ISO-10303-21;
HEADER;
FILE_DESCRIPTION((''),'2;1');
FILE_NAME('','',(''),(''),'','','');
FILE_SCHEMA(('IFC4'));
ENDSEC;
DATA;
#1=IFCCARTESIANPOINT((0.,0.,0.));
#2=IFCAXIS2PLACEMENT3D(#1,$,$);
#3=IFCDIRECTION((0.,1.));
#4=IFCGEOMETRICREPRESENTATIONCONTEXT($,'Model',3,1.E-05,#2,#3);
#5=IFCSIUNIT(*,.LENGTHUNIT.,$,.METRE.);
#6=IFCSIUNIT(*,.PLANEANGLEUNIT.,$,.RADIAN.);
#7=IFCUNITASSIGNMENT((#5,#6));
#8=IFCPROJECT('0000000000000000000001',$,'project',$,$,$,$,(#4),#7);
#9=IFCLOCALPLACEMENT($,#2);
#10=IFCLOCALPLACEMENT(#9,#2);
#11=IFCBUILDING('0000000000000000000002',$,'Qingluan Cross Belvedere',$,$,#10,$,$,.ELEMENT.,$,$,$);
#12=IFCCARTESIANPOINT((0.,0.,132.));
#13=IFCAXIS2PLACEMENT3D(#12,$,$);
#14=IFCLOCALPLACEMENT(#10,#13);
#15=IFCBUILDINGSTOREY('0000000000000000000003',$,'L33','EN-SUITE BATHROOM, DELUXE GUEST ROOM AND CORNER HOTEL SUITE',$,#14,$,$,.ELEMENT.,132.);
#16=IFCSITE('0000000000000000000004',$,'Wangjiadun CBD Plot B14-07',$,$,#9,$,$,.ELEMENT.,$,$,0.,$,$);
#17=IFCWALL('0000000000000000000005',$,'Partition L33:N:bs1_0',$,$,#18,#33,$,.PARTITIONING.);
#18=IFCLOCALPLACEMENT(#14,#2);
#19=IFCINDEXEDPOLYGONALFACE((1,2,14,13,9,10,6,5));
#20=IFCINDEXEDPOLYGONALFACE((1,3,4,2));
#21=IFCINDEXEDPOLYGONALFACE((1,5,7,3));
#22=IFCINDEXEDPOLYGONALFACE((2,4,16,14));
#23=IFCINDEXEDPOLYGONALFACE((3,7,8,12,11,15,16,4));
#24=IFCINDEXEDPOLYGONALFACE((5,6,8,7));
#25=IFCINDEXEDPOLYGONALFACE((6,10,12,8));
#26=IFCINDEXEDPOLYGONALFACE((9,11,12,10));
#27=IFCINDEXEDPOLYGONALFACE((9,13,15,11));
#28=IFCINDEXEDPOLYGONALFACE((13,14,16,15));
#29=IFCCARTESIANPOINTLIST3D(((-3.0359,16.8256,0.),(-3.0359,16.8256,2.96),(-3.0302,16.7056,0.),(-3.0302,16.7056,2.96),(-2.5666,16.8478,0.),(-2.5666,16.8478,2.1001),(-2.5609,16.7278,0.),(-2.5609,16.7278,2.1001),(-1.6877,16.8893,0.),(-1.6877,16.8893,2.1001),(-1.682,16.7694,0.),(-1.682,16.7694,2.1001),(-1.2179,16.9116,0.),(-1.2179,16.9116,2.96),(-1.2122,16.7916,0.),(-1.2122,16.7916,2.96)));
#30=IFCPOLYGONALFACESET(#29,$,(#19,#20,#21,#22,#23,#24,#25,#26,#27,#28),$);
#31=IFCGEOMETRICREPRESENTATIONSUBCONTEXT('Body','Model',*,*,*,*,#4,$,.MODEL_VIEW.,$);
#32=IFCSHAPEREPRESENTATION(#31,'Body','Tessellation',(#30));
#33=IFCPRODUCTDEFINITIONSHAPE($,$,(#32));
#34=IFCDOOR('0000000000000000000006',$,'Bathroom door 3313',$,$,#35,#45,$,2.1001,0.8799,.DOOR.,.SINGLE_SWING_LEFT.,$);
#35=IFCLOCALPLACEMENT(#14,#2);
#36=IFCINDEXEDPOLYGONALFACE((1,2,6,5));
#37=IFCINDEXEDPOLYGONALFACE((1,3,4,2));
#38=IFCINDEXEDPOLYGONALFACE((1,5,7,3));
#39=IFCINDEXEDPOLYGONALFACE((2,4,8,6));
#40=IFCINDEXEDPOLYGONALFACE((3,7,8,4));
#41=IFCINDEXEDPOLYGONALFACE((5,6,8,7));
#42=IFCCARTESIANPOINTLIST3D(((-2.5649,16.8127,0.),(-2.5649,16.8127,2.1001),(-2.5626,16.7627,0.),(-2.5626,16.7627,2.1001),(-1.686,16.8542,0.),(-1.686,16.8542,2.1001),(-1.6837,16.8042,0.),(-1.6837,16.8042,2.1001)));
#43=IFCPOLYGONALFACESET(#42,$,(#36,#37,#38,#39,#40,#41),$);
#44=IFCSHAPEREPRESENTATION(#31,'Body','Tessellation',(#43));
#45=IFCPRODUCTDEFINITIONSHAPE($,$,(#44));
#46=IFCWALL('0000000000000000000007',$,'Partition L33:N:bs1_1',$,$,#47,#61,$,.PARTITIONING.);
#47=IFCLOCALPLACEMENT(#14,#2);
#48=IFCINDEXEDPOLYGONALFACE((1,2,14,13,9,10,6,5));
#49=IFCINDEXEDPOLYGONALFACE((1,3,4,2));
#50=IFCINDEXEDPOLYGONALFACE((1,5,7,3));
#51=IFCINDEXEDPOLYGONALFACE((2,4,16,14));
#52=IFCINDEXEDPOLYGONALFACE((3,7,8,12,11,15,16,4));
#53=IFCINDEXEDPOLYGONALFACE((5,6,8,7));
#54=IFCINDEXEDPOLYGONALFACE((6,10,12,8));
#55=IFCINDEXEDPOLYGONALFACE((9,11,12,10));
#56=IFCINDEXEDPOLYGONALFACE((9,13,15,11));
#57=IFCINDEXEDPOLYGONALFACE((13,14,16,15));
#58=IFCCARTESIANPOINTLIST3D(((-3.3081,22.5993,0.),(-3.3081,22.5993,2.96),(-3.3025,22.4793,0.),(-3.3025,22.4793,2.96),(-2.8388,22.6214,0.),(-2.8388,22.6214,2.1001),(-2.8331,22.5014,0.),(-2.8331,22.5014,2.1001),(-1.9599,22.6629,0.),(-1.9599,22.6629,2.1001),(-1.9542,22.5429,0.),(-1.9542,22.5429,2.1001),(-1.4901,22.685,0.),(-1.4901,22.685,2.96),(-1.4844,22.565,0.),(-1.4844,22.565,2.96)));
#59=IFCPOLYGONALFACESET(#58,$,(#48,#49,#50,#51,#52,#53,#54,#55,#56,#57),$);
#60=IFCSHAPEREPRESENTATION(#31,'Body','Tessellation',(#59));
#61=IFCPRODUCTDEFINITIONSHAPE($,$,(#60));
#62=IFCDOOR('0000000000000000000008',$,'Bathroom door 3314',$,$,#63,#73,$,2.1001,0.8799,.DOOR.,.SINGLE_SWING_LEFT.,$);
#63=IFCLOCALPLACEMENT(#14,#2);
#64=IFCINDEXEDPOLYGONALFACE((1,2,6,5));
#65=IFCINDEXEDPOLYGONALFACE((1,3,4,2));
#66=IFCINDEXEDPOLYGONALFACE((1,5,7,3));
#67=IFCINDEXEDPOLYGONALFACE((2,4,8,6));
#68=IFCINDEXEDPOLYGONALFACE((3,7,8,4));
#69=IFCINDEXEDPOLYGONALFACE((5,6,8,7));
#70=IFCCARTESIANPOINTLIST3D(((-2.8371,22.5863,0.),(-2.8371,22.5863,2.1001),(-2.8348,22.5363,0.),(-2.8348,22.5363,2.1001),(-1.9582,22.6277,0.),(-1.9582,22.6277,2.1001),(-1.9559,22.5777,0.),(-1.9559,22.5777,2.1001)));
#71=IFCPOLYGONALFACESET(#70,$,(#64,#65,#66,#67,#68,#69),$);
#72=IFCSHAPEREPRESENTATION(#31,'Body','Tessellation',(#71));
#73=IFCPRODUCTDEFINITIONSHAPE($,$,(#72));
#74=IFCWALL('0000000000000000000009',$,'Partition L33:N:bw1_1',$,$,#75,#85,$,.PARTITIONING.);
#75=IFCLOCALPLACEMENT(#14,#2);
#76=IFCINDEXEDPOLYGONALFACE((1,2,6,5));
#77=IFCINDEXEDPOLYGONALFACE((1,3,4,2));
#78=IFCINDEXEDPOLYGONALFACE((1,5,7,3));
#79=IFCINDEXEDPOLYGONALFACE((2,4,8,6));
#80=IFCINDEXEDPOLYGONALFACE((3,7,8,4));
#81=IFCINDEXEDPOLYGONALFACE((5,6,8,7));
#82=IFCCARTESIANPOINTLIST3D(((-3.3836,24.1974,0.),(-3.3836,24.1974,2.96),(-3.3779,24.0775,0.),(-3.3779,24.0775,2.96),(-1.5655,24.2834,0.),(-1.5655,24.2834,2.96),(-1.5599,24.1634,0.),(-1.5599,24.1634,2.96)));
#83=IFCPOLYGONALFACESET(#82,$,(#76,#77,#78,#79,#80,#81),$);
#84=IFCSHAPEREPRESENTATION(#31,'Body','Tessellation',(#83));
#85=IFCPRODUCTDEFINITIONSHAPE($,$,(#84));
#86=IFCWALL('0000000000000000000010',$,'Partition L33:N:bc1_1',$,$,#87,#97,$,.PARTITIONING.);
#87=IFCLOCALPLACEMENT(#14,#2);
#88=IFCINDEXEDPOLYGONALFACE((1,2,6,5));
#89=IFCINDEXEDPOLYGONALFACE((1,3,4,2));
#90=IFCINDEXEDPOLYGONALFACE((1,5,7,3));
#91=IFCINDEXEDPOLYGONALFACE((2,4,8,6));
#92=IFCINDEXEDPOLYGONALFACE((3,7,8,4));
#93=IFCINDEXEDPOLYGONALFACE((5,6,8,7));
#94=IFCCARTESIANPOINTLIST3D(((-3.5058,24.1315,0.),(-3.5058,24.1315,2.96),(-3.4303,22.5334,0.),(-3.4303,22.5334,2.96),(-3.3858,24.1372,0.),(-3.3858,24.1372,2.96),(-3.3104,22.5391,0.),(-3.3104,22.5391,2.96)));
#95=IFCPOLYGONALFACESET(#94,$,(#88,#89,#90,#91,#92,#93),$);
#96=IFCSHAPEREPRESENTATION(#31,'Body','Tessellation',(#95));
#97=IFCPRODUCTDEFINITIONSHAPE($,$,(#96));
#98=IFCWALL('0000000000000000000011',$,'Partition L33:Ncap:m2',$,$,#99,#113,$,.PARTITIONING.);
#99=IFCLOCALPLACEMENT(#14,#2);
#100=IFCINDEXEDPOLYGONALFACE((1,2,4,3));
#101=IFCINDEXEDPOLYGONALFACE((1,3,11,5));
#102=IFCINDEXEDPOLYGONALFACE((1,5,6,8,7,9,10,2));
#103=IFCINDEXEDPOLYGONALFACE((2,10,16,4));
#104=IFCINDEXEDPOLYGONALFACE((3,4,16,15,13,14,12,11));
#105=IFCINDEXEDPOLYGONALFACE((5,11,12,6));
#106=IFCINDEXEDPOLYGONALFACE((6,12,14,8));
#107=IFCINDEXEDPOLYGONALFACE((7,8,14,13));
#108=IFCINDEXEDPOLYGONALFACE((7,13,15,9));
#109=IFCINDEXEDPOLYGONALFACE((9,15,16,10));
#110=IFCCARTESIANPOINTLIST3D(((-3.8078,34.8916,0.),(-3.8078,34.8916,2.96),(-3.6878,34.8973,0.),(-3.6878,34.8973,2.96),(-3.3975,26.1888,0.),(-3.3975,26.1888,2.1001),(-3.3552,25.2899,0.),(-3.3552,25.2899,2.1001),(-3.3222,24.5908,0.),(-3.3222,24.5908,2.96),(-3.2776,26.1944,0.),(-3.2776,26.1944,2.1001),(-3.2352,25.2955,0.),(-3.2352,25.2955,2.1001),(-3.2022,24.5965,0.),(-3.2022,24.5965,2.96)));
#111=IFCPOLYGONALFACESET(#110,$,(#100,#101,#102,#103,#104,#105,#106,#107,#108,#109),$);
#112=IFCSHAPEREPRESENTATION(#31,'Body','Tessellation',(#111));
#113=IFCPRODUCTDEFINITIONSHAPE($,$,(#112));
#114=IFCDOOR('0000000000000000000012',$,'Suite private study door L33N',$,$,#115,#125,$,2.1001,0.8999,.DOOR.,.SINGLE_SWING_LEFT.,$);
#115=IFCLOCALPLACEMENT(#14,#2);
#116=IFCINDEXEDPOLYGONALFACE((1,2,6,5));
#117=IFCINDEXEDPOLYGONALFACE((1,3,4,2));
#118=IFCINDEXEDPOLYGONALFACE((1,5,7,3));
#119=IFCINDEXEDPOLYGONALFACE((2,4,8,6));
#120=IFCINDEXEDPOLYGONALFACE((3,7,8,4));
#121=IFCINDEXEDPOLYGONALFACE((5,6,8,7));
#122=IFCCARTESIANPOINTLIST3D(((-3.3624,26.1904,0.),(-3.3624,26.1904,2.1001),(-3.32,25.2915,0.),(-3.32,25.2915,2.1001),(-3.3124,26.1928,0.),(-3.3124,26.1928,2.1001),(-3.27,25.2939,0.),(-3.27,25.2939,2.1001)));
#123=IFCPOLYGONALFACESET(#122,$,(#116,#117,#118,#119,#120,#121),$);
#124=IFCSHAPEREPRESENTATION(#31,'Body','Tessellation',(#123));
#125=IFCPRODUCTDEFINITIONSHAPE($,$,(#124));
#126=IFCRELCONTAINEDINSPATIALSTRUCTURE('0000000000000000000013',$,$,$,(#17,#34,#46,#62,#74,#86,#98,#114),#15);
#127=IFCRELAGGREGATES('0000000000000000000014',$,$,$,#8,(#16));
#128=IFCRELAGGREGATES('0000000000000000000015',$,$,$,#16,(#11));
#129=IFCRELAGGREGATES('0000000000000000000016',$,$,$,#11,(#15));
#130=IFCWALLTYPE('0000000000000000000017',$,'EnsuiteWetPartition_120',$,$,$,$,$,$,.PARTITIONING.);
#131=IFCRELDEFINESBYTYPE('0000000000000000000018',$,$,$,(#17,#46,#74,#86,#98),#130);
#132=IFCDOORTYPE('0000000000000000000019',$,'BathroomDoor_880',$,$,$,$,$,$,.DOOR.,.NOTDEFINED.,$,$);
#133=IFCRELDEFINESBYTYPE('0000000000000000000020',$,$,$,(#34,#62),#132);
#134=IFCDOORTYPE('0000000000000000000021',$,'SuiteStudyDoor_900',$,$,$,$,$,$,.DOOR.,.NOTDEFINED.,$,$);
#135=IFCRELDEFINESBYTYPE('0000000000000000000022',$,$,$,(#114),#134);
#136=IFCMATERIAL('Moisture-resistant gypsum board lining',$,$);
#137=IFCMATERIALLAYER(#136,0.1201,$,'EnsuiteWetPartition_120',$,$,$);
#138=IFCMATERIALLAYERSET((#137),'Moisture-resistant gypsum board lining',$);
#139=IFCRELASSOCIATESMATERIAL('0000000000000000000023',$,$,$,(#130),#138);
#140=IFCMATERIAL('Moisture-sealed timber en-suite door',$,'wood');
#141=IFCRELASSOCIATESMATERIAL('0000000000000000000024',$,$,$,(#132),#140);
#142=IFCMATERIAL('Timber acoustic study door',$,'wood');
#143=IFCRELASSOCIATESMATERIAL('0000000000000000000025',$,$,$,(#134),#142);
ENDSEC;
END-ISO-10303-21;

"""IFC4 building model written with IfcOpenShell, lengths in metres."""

from ifc_helpers import new_model, si_unit, direction, frame, frame_2d, origin, place, context, subcontext, project, spatial, rectangle, extrude, material, layer, layer_set, type_object, element, fill, save


model = new_model("IFC4")

# Units and contexts
model_context = context("Model", 3, precision=1e-05, world=origin(), true_north=direction((0.0, 1.0)))
body_context = subcontext(model_context, "Body", "Model", "MODEL_VIEW")
ifc_project = project(units=[si_unit("LENGTHUNIT", "METRE"), si_unit("PLANEANGLEUNIT", "RADIAN")], contexts=[model_context])

# Site, building, storey
site_placement = place(None, origin())
site = spatial("IfcSite", under=ifc_project, at=site_placement, Name="Wangjiadun CBD Plot B14-07", CompositionType="ELEMENT", RefElevation=0.0)
building_placement = place(site_placement, origin())
building = spatial("IfcBuilding", under=site, at=building_placement, Name="Qingluan Cross Belvedere", CompositionType="ELEMENT")
storey_placement = place(building_placement, frame((0.0, 0.0, 132.0)))
storey = spatial("IfcBuildingStorey", under=building, at=storey_placement, Name="L33", Description="EN-SUITE BATHROOM, DELUXE GUEST ROOM AND CORNER HOTEL SUITE", CompositionType="ELEMENT", Elevation=132.0)

# Walls, openings, doors
ifc_material_1 = material(Name="Moisture-resistant gypsum board lining")
ifc_layer_1 = layer(ifc_material_1, 0.1201, Name="EnsuiteWetPartition_120")
ifc_layer_set_1 = layer_set([ifc_layer_1], Name="Moisture-resistant gypsum board lining")
wall_type_1 = type_object("IfcWallType", Name="EnsuiteWetPartition_120", PredefinedType="PARTITIONING", material=ifc_layer_set_1)
wall_1_placement = place(storey_placement, frame((-3.0332, 16.7656, 0.0), z_axis=(0.0, 0.0, 1.0), x_axis=(0.998885, 0.047215, 0.0)))
wall_1 = element("IfcWall", 1, at=wall_1_placement, inside=storey, type_object=wall_type_1, Name="Partition L33:N:bs1_0", PredefinedType="PARTITIONING", context=body_context, shape_type="SweptSolid", body=[
    extrude(rectangle(XDim=1.8201, YDim=0.1201, at=frame_2d((0.9102, 0.0))), origin(), (0.0, 0.0, 1.0), 2.96),
])
opening_1_placement = place(wall_1_placement, frame((0.47, 0.0, 0.0)))
opening_1 = element("IfcOpeningElement", 2, at=opening_1_placement, cuts=wall_1, PredefinedType="OPENING", context=body_context, shape_type="SweptSolid", body=[
    extrude(rectangle(XDim=0.8799, YDim=2.1001, at=frame_2d((0.4399, 1.05))), frame((0.0, 0.0701, 0.0), z_axis=(0.0, -1.0, 0.0), x_axis=(1.0, 0.0, 0.0)), (0.0, 0.0, 1.0), 0.1401),
])
ifc_material_2 = material(Name="Moisture-sealed timber en-suite door", Category="wood")
door_type_1 = type_object("IfcDoorType", Name="BathroomDoor_880", OperationType="NOTDEFINED", PredefinedType="DOOR", material=ifc_material_2)
door_1_placement = place(opening_1_placement, origin())
door_1 = element("IfcDoor", 3, at=door_1_placement, inside=storey, type_object=door_type_1, Name="Bathroom door 3313", OperationType="SINGLE_SWING_LEFT", OverallHeight=2.1001, OverallWidth=0.8799, PredefinedType="DOOR", context=body_context, shape_type="SweptSolid", body=[
    extrude(rectangle(XDim=0.8799, YDim=2.1001, at=frame_2d((0.4399, 1.05))), frame((0.0, 0.0249, 0.0), z_axis=(0.0, -1.0, 0.0), x_axis=(1.0, 0.0, 0.0)), (0.0, 0.0, 1.0), 0.05),
])
fill(opening_1, door_1)
wall_2_placement = place(storey_placement, frame((-3.3054, 22.5393, 0.0), z_axis=(0.0, 0.0, 1.0), x_axis=(0.998891, 0.047081, 0.0)))
wall_2 = element("IfcWall", 4, at=wall_2_placement, inside=storey, type_object=wall_type_1, Name="Partition L33:N:bs1_1", PredefinedType="PARTITIONING", context=body_context, shape_type="SweptSolid", body=[
    extrude(rectangle(XDim=1.8201, YDim=0.1201, at=frame_2d((0.9102, 0.0))), origin(), (0.0, 0.0, 1.0), 2.96),
])
opening_2_placement = place(wall_2_placement, frame((0.47, 0.0, 0.0)))
opening_2 = element("IfcOpeningElement", 5, at=opening_2_placement, cuts=wall_2, PredefinedType="OPENING", context=body_context, shape_type="SweptSolid", body=[
    extrude(rectangle(XDim=0.8799, YDim=2.1001, at=frame_2d((0.4399, 1.05))), frame((0.0, 0.0701, 0.0), z_axis=(0.0, -1.0, 0.0), x_axis=(1.0, 0.0, 0.0)), (0.0, 0.0, 1.0), 0.1401),
])
door_2_placement = place(opening_2_placement, origin())
door_2 = element("IfcDoor", 6, at=door_2_placement, inside=storey, type_object=door_type_1, Name="Bathroom door 3314", OperationType="SINGLE_SWING_LEFT", OverallHeight=2.1001, OverallWidth=0.8799, PredefinedType="DOOR", context=body_context, shape_type="SweptSolid", body=[
    extrude(rectangle(XDim=0.8799, YDim=2.1001, at=frame_2d((0.4399, 1.05))), frame((0.0, 0.0249, 0.0), z_axis=(0.0, -1.0, 0.0), x_axis=(1.0, 0.0, 0.0)), (0.0, 0.0, 1.0), 0.05),
])
fill(opening_2, door_2)

# Walls
wall_3_placement = place(storey_placement, frame((-3.3809, 24.1375, 0.0), z_axis=(0.0, 0.0, 1.0), x_axis=(0.998885, 0.047215, 0.0)))
element("IfcWall", 7, at=wall_3_placement, inside=storey, type_object=wall_type_1, Name="Partition L33:N:bw1_1", PredefinedType="PARTITIONING", context=body_context, shape_type="SweptSolid", body=[
    extrude(rectangle(XDim=1.8201, YDim=0.1201, at=frame_2d((0.9102, 0.0))), origin(), (0.0, 0.0, 1.0), 2.96),
])
wall_4_placement = place(storey_placement, frame((-3.3704, 22.5364, 0.0), z_axis=(0.0, 0.0, 1.0), x_axis=(-0.047152, 0.998888, 0.0)))
element("IfcWall", 8, at=wall_4_placement, inside=storey, type_object=wall_type_1, Name="Partition L33:N:bc1_1", PredefinedType="PARTITIONING", context=body_context, shape_type="SweptSolid", body=[
    extrude(rectangle(XDim=1.5999, YDim=0.1201, at=frame_2d((0.7998, 0.0))), origin(), (0.0, 0.0, 1.0), 2.96),
])

# Wall, opening, door
wall_5_placement = place(storey_placement, frame((-3.2622, 24.5935, 0.0), z_axis=(0.0, 0.0, 1.0), x_axis=(-0.047089, 0.998891, 0.0)))
wall_5 = element("IfcWall", 9, at=wall_5_placement, inside=storey, type_object=wall_type_1, Name="Partition L33:Ncap:m2", PredefinedType="PARTITIONING", context=body_context, shape_type="SweptSolid", body=[
    extrude(rectangle(XDim=10.3123, YDim=0.1201, at=frame_2d((5.1562, 0.0))), origin(), (0.0, 0.0, 1.0), 2.96),
])
opening_3_placement = place(wall_5_placement, frame((0.7, 0.0, 0.0)))
opening_3 = element("IfcOpeningElement", 10, at=opening_3_placement, cuts=wall_5, PredefinedType="OPENING", context=body_context, shape_type="SweptSolid", body=[
    extrude(rectangle(XDim=0.8999, YDim=2.1001, at=frame_2d((0.45, 1.05))), frame((0.0, 0.0701, 0.0), z_axis=(0.0, -1.0, 0.0), x_axis=(1.0, 0.0, 0.0)), (0.0, 0.0, 1.0), 0.1401),
])
ifc_material_3 = material(Name="Timber acoustic study door", Category="wood")
door_type_2 = type_object("IfcDoorType", Name="SuiteStudyDoor_900", OperationType="NOTDEFINED", PredefinedType="DOOR", material=ifc_material_3)
door_3_placement = place(opening_3_placement, origin())
door_3 = element("IfcDoor", 11, at=door_3_placement, inside=storey, type_object=door_type_2, Name="Suite private study door L33N", OperationType="SINGLE_SWING_LEFT", OverallHeight=2.1001, OverallWidth=0.8999, PredefinedType="DOOR", context=body_context, shape_type="SweptSolid", body=[
    extrude(rectangle(XDim=0.8999, YDim=2.1001, at=frame_2d((0.45, 1.05))), frame((0.0, 0.0249, 0.0), z_axis=(0.0, -1.0, 0.0), x_axis=(1.0, 0.0, 0.0)), (0.0, 0.0, 1.0), 0.05),
])
fill(opening_3, door_3)

save(model, "model.ifc")
